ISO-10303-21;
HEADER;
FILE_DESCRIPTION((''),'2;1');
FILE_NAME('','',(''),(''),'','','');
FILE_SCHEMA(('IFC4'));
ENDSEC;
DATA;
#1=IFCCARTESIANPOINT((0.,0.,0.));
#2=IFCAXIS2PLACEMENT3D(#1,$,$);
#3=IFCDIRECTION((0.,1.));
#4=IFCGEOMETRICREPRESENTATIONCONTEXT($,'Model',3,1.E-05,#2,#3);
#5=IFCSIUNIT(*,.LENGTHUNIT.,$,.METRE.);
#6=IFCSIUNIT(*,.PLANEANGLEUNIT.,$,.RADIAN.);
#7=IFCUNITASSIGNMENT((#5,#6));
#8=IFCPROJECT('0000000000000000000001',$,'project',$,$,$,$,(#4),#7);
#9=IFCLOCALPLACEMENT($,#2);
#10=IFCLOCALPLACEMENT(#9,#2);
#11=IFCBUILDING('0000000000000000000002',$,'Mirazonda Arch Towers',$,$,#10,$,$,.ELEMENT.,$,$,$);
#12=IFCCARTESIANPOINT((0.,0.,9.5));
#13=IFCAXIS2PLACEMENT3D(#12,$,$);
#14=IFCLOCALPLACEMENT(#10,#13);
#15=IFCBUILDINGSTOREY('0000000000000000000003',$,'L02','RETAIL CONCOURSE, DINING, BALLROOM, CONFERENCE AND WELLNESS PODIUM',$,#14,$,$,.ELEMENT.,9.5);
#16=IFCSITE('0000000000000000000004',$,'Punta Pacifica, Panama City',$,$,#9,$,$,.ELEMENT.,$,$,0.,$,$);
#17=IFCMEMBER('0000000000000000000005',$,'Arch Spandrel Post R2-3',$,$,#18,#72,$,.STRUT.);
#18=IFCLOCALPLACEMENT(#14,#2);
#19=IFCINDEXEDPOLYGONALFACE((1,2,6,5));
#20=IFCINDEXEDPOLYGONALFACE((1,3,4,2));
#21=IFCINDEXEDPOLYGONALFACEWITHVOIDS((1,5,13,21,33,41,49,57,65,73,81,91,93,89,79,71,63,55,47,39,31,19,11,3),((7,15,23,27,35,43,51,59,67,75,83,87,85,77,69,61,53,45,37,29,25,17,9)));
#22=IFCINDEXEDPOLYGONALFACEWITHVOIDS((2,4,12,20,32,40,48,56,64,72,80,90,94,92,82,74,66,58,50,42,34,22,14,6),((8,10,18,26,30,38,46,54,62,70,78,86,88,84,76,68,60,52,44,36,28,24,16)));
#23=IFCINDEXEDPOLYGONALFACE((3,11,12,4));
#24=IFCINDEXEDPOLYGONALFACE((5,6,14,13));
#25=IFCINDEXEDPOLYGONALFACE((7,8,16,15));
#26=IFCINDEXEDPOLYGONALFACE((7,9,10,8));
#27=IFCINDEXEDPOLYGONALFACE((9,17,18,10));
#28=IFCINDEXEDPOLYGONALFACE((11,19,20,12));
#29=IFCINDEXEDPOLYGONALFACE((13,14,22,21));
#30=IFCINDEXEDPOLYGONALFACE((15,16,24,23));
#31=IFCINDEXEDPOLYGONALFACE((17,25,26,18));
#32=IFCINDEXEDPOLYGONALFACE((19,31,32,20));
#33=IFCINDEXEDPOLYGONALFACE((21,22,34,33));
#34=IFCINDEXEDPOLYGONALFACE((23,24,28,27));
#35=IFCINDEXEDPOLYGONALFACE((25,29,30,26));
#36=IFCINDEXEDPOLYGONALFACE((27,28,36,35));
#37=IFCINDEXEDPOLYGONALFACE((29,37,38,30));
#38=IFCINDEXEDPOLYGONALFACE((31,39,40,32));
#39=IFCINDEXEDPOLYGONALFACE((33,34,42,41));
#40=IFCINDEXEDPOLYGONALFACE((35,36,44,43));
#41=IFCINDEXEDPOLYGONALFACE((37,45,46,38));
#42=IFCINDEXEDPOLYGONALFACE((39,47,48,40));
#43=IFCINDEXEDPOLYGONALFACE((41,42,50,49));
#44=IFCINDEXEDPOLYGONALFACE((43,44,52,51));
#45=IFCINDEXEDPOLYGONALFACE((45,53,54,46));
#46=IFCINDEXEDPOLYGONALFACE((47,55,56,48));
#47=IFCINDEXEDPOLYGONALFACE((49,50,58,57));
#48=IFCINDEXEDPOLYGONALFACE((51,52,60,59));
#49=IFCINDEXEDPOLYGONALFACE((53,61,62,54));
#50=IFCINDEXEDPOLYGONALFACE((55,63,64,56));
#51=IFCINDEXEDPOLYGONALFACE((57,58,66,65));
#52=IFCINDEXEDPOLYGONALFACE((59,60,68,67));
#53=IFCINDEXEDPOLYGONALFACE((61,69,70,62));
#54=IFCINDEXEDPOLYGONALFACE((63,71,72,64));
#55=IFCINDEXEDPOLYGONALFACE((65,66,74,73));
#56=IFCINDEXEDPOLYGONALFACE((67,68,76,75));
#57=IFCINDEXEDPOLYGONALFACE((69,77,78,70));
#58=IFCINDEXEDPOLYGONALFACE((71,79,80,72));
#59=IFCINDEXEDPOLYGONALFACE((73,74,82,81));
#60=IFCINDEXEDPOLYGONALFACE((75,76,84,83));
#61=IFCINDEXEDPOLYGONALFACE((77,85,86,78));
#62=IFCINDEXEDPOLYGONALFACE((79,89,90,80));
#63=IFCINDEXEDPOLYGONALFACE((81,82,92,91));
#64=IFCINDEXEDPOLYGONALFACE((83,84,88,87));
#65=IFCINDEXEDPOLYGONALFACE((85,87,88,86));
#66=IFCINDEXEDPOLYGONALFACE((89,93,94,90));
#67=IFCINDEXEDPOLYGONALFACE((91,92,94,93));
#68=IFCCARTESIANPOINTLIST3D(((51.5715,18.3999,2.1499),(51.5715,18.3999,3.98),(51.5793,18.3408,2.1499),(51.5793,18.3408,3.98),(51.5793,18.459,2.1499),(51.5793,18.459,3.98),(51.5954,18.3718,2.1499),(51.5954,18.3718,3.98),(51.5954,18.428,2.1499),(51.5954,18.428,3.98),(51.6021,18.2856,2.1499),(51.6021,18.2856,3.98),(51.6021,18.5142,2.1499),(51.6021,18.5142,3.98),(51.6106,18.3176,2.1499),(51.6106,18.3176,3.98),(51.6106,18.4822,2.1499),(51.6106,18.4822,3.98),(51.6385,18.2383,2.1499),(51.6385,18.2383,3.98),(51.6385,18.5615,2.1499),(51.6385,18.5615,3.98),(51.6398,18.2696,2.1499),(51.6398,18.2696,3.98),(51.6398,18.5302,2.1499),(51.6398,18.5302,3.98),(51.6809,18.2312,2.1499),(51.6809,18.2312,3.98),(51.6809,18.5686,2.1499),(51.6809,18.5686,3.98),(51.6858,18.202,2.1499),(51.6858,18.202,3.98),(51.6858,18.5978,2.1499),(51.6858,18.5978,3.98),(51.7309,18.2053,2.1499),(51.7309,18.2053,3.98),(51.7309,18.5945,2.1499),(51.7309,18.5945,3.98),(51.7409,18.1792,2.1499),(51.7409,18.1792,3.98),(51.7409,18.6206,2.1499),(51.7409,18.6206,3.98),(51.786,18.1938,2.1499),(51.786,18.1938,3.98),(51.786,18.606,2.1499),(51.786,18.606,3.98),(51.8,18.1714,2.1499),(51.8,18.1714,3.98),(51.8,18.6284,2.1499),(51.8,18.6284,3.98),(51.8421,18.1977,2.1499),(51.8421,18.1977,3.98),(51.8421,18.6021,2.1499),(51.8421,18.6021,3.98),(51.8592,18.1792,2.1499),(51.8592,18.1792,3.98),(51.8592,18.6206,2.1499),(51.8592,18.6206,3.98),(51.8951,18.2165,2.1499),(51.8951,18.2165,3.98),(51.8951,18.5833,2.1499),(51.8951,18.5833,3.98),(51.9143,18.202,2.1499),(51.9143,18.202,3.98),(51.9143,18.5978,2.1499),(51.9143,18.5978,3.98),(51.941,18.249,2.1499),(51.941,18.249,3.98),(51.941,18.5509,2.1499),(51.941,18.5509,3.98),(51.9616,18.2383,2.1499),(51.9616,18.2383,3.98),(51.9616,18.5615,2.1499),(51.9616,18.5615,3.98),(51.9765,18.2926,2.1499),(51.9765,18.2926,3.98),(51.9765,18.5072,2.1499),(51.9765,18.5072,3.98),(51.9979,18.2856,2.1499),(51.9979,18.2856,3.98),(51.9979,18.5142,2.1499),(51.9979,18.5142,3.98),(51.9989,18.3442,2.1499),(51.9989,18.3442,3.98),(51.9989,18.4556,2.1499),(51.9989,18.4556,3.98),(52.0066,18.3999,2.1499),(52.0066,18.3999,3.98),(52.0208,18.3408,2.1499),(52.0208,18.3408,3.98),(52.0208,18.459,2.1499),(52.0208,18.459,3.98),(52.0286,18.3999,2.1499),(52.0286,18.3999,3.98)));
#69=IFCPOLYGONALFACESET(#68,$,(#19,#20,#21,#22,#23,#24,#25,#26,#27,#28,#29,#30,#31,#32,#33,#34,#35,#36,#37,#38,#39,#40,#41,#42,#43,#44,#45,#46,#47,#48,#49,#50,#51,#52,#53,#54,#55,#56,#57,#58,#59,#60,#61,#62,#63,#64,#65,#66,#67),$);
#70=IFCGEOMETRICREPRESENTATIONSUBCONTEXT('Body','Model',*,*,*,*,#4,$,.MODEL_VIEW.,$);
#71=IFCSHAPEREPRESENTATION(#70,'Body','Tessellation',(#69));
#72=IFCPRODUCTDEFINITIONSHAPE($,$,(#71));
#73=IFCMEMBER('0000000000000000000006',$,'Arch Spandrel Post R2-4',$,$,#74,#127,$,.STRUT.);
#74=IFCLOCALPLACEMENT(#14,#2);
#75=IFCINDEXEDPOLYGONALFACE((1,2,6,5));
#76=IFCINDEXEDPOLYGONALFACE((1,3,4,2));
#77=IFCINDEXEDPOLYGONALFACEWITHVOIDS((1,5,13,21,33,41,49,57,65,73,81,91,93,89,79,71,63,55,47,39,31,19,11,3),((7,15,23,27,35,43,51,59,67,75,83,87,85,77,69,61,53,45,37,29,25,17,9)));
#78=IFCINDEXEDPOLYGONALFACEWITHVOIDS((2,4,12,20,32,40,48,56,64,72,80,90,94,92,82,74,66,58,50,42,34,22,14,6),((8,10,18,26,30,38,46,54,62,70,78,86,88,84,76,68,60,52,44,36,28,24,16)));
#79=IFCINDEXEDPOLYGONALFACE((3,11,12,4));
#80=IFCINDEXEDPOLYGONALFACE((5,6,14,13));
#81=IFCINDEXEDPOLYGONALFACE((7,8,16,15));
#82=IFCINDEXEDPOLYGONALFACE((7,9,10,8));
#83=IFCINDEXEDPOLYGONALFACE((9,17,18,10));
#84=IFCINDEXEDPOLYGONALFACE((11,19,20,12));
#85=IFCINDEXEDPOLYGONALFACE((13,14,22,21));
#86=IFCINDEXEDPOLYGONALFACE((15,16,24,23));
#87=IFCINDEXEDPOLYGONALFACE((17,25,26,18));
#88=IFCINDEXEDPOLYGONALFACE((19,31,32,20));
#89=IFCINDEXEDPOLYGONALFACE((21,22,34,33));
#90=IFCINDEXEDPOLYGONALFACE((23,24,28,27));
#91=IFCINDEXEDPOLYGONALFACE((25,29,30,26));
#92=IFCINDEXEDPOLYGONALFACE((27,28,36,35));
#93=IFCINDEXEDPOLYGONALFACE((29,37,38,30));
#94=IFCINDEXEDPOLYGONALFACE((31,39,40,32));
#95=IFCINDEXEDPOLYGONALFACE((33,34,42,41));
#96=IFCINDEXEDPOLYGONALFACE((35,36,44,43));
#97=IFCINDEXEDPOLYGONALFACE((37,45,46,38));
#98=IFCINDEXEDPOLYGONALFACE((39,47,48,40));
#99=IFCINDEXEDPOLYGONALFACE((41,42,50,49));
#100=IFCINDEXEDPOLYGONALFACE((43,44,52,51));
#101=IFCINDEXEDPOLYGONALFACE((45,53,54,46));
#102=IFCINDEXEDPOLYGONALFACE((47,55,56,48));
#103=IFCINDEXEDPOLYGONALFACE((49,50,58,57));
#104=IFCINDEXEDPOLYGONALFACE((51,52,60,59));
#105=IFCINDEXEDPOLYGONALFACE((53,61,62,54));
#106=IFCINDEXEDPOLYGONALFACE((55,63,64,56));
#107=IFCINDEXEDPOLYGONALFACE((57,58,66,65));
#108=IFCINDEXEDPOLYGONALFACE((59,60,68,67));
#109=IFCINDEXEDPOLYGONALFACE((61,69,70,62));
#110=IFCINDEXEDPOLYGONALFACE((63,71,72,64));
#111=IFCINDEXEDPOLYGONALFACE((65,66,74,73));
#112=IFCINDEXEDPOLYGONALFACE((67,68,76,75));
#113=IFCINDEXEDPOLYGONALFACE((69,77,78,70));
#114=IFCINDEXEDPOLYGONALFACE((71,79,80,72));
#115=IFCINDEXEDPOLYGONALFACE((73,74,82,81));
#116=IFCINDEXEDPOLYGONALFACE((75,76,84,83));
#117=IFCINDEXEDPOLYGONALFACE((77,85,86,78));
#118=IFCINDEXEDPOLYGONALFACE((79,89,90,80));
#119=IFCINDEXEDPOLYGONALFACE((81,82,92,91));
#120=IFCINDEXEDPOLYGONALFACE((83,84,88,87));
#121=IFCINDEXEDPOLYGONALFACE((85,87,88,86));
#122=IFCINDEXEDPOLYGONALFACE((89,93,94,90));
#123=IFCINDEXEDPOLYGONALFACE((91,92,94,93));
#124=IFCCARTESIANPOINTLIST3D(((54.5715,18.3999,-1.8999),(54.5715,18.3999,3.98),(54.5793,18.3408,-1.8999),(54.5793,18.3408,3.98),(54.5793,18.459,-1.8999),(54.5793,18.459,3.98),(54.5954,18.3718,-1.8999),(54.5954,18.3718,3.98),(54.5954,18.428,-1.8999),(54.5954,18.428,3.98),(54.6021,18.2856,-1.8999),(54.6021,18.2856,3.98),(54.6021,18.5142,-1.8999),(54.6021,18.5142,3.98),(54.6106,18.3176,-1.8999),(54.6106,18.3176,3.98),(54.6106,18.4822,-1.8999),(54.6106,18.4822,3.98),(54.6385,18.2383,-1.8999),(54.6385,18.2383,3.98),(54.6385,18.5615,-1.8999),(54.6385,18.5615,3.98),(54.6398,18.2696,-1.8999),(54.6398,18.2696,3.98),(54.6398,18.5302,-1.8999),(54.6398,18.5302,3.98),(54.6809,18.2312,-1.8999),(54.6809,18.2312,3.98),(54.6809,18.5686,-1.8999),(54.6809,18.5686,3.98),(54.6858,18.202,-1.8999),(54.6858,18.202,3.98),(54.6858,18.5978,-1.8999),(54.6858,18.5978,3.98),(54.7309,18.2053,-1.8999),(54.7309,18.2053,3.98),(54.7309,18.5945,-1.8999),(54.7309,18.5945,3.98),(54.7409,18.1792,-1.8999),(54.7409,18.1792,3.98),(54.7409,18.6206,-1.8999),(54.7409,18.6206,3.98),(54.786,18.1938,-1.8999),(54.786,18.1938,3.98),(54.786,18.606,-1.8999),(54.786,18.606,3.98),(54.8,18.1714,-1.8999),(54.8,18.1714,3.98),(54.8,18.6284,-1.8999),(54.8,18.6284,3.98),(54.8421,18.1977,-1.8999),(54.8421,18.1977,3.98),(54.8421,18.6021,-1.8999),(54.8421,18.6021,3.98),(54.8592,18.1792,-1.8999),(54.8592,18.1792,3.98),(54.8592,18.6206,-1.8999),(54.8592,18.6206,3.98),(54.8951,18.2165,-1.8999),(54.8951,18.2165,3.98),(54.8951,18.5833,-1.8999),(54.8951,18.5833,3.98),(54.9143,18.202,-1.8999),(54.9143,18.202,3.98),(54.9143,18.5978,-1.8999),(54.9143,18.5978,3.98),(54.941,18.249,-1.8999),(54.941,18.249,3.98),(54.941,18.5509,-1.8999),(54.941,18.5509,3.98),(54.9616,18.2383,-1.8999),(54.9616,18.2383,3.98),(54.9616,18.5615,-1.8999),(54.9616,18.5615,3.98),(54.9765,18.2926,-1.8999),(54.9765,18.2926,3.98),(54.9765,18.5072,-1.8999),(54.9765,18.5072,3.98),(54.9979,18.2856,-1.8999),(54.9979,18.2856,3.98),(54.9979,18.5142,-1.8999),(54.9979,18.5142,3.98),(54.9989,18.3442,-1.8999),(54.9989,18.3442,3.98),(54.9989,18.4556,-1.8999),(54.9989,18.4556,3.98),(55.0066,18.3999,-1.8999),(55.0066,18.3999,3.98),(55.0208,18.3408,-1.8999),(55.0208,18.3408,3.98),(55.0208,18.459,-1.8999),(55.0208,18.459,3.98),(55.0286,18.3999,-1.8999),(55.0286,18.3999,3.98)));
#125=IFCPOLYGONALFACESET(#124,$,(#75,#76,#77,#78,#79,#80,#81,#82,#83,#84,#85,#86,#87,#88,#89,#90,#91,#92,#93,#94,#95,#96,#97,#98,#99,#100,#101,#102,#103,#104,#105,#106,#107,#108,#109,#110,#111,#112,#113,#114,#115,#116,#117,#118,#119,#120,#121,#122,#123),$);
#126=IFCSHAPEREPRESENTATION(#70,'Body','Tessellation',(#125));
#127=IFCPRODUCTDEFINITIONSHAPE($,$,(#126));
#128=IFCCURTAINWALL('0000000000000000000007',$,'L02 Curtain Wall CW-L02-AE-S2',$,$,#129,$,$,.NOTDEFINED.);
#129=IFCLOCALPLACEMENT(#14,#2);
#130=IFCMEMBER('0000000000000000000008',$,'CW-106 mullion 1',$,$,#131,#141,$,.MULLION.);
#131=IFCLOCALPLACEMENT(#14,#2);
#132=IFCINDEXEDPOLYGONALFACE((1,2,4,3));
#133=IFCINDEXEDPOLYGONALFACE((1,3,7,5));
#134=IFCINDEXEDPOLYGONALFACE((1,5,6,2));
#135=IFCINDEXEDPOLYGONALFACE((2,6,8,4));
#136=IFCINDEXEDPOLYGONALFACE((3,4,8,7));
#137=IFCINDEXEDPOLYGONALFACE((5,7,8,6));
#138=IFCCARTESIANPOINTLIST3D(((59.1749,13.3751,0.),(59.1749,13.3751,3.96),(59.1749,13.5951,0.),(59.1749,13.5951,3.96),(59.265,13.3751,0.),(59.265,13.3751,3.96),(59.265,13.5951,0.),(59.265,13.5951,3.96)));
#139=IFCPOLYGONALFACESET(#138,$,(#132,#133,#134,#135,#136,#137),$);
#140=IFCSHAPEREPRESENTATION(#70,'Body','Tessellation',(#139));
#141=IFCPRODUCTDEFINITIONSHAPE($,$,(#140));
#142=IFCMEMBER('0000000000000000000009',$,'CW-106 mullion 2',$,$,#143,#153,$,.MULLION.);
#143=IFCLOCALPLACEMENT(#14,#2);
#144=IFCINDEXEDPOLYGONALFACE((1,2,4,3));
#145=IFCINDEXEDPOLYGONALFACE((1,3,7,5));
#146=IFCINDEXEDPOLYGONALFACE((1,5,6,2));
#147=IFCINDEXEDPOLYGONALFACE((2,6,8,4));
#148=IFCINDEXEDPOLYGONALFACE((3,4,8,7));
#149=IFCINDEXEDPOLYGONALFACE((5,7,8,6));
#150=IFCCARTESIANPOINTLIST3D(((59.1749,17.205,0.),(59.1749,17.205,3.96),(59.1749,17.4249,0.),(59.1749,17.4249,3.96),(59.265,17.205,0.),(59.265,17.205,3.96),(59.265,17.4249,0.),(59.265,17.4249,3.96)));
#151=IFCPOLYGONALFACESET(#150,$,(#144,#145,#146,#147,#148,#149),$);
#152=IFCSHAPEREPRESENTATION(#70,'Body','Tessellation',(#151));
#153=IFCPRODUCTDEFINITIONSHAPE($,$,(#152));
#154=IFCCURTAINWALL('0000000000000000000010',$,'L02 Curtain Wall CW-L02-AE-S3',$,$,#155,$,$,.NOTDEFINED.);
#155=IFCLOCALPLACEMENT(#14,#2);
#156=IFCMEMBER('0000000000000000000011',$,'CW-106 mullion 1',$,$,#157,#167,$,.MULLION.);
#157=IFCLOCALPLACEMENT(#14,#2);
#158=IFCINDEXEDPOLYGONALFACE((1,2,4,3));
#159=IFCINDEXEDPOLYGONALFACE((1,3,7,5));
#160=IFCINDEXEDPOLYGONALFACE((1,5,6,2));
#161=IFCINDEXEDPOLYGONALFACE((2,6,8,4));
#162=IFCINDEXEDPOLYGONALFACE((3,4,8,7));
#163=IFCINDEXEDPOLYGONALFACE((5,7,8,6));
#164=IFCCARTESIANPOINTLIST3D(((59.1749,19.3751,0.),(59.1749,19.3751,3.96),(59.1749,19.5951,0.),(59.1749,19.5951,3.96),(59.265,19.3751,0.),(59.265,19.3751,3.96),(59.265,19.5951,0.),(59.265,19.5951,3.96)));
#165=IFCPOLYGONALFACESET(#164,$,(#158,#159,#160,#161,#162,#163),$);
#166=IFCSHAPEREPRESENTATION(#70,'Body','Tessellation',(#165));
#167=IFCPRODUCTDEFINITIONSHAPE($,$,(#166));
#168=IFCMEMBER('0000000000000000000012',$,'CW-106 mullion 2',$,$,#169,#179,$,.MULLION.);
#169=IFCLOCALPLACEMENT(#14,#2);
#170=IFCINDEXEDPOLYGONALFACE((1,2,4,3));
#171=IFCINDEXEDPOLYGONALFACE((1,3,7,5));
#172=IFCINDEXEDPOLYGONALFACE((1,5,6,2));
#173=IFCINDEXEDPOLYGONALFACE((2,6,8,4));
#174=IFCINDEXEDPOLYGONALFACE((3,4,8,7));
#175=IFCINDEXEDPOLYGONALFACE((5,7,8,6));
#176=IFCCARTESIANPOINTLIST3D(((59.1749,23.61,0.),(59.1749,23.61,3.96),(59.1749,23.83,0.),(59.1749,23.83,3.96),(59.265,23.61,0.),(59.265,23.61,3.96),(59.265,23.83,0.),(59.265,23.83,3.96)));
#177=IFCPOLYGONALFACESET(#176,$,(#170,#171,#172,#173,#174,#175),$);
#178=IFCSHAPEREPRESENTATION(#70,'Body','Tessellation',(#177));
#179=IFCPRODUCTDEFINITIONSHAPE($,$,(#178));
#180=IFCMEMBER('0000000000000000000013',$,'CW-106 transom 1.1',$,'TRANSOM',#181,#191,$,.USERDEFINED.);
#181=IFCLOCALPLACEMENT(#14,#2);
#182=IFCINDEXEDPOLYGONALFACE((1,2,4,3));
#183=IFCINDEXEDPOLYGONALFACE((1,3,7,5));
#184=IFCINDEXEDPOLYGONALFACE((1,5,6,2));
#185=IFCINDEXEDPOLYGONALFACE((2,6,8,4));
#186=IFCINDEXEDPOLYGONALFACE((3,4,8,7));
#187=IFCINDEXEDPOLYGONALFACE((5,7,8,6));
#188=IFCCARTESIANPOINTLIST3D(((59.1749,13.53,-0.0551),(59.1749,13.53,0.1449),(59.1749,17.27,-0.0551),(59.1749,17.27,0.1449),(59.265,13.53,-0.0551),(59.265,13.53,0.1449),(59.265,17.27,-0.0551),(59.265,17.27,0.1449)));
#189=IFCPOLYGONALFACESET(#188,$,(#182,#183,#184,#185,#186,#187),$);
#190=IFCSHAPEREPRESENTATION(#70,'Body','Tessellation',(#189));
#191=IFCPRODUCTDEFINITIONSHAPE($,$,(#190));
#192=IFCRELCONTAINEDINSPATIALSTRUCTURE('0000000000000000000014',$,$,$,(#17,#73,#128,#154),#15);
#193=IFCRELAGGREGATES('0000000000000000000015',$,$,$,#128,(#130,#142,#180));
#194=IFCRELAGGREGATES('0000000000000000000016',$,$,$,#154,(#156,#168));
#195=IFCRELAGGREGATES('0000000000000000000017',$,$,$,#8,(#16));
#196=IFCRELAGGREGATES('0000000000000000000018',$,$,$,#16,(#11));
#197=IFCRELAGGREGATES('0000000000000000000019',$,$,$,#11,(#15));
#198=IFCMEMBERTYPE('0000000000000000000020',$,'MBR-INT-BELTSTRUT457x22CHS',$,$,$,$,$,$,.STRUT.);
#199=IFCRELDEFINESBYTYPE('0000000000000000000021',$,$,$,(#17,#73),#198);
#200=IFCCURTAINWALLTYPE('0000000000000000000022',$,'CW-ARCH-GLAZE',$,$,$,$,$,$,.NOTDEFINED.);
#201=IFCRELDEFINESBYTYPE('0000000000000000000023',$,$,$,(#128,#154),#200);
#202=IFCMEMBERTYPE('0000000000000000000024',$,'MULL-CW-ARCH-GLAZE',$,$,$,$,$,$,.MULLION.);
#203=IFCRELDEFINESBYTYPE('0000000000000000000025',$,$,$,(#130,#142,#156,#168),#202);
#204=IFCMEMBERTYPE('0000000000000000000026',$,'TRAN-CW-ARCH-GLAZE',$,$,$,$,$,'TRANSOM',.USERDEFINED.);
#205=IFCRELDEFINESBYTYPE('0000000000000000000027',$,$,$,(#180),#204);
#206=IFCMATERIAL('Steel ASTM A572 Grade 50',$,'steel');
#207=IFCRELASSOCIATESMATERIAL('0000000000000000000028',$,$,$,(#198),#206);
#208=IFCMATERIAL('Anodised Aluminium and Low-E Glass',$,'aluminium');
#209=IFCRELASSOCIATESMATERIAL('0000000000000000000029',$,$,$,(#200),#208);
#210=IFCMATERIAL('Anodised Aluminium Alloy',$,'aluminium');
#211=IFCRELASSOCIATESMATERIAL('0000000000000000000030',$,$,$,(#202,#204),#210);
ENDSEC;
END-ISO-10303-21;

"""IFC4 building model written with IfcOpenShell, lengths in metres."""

from ifc_helpers import new_model, si_unit, direction, frame, origin, origin_2d, place, context, subcontext, project, spatial, rectangle, hollow_circle, extrude, material, material_profile, profile_set, type_object, element, aggregate, save


model = new_model("IFC4")

# Units and contexts
model_context = context("Model", 3, precision=1e-05, world=origin(), true_north=direction((0.0, 1.0)))
body_context = subcontext(model_context, "Body", "Model", "MODEL_VIEW")
ifc_project = project(units=[si_unit("LENGTHUNIT", "METRE"), si_unit("PLANEANGLEUNIT", "RADIAN")], contexts=[model_context])

# Site, building, storey
site_placement = place(None, origin())
site = spatial("IfcSite", under=ifc_project, at=site_placement, Name="Punta Pacifica, Panama City", CompositionType="ELEMENT", RefElevation=0.0)
building_placement = place(site_placement, origin())
building = spatial("IfcBuilding", under=site, at=building_placement, Name="Mirazonda Arch Towers", CompositionType="ELEMENT")
storey_placement = place(building_placement, frame((0.0, 0.0, 9.5)))
storey = spatial("IfcBuildingStorey", under=building, at=storey_placement, Name="L02", Description="RETAIL CONCOURSE, DINING, BALLROOM, CONFERENCE AND WELLNESS PODIUM", CompositionType="ELEMENT", Elevation=9.5)

# Members
ifc_material_1 = material(Name="Steel ASTM A572 Grade 50", Category="steel")
ifc_material_profile_1 = material_profile(ifc_material_1, hollow_circle(Radius=0.2285, WallThickness=0.022, at=origin_2d()), Name="BELTSTRUT457x22CHS")
ifc_profile_set_1 = profile_set([ifc_material_profile_1], Name="Steel ASTM A572 Grade 50")
member_type_1 = type_object("IfcMemberType", Name="MBR-INT-BELTSTRUT457x22CHS", PredefinedType="STRUT", material=ifc_profile_set_1)
for number, where, z_axis, x_axis, name in (
    (1, (51.8, 18.3999, 2.1499), (0.0, 0.0, 1.0), (1.0, 0.0, 0.0), "Arch Spandrel Post R2-3"),
):
    element("IfcMember", number, at=place(storey_placement, frame(where, z_axis=z_axis, x_axis=x_axis)), inside=storey, type_object=member_type_1, Name=name, PredefinedType="STRUT", context=body_context, shape_type="SweptSolid", body=[
        extrude(hollow_circle(Radius=0.2285, WallThickness=0.022, at=origin_2d()), origin(), (0.0, 0.0, 1.0), 1.8301),
    ])
member_1_placement = place(storey_placement, frame((54.8, 18.3999, -1.8999), z_axis=(0.0, 0.0, 1.0), x_axis=(1.0, 0.0, 0.0)))
element("IfcMember", 2, at=member_1_placement, inside=storey, type_object=member_type_1, Name="Arch Spandrel Post R2-4", PredefinedType="STRUT", context=body_context, shape_type="SweptSolid", body=[
    extrude(hollow_circle(Radius=0.2285, WallThickness=0.022, at=origin_2d()), origin(), (0.0, 0.0, 1.0), 5.8799),
])

# Curtain walls, members
ifc_material_2 = material(Name="Anodised Aluminium and Low-E Glass", Category="aluminium")
curtain_wall_type = type_object("IfcCurtainWallType", Name="CW-ARCH-GLAZE", PredefinedType="NOTDEFINED", material=ifc_material_2)
curtain_wall_1_placement = place(storey_placement, origin())
curtain_wall_1 = element("IfcCurtainWall", 3, at=curtain_wall_1_placement, inside=storey, type_object=curtain_wall_type, Name="L02 Curtain Wall CW-L02-AE-S2", PredefinedType="NOTDEFINED")
ifc_material_3 = material(Name="Anodised Aluminium Alloy", Category="aluminium")
ifc_material_profile_2 = material_profile(ifc_material_3, rectangle(XDim=0.0901, YDim=0.22, at=origin_2d()), Name="ALU-MULL-90x220")
ifc_profile_set_2 = profile_set([ifc_material_profile_2], Name="Anodised Aluminium Alloy")
member_type_2 = type_object("IfcMemberType", Name="MULL-CW-ARCH-GLAZE", PredefinedType="MULLION", material=ifc_profile_set_2)
member_2_placement = place(storey_placement, frame((59.22, 13.4851, 0.0), z_axis=(0.0, 0.0, 1.0), x_axis=(-1.0, 0.0, 0.0)))
member_2 = element("IfcMember", 4, at=member_2_placement, type_object=member_type_2, Name="CW-106 mullion 1", PredefinedType="MULLION", context=body_context, shape_type="SweptSolid", body=[
    extrude(rectangle(XDim=0.0901, YDim=0.22, at=origin_2d()), origin(), (0.0, 0.0, 1.0), 3.96),
])
member_3_placement = place(storey_placement, frame((59.22, 17.3149, 0.0), z_axis=(0.0, 0.0, 1.0), x_axis=(-1.0, 0.0, 0.0)))
member_3 = element("IfcMember", 5, at=member_3_placement, type_object=member_type_2, Name="CW-106 mullion 2", PredefinedType="MULLION", context=body_context, shape_type="SweptSolid", body=[
    extrude(rectangle(XDim=0.0901, YDim=0.22, at=origin_2d()), origin(), (0.0, 0.0, 1.0), 3.96),
])
curtain_wall_2_placement = place(storey_placement, origin())
curtain_wall_2 = element("IfcCurtainWall", 6, at=curtain_wall_2_placement, inside=storey, type_object=curtain_wall_type, Name="L02 Curtain Wall CW-L02-AE-S3", PredefinedType="NOTDEFINED")
member_4_placement = place(storey_placement, frame((59.22, 19.4851, 0.0), z_axis=(0.0, 0.0, 1.0), x_axis=(-1.0, 0.0, 0.0)))
member_4 = element("IfcMember", 7, at=member_4_placement, type_object=member_type_2, Name="CW-106 mullion 1", PredefinedType="MULLION", context=body_context, shape_type="SweptSolid", body=[
    extrude(rectangle(XDim=0.0901, YDim=0.22, at=origin_2d()), origin(), (0.0, 0.0, 1.0), 3.96),
])
member_5_placement = place(storey_placement, frame((59.22, 23.72, 0.0), z_axis=(0.0, 0.0, 1.0), x_axis=(-1.0, 0.0, 0.0)))
member_5 = element("IfcMember", 8, at=member_5_placement, type_object=member_type_2, Name="CW-106 mullion 2", PredefinedType="MULLION", context=body_context, shape_type="SweptSolid", body=[
    extrude(rectangle(XDim=0.0901, YDim=0.22, at=origin_2d()), origin(), (0.0, 0.0, 1.0), 3.96),
])

# Member
ifc_material_profile_3 = material_profile(ifc_material_3, rectangle(XDim=0.0901, YDim=0.2, at=origin_2d()), Name="ALU-TRAN-90x200")
ifc_profile_set_3 = profile_set([ifc_material_profile_3], Name="Anodised Aluminium Alloy")
member_type_3 = type_object("IfcMemberType", Name="TRAN-CW-ARCH-GLAZE", ElementType="TRANSOM", PredefinedType="USERDEFINED", material=ifc_profile_set_3)
member_6_placement = place(storey_placement, frame((59.22, 13.53, 0.0449), z_axis=(0.0, 1.0, 0.0), x_axis=(-1.0, 0.0, 0.0)))
member_6 = element("IfcMember", 9, at=member_6_placement, type_object=member_type_3, Name="CW-106 transom 1.1", ObjectType="TRANSOM", PredefinedType="USERDEFINED", context=body_context, shape_type="SweptSolid", body=[
    extrude(rectangle(XDim=0.0901, YDim=0.2, at=origin_2d()), origin(), (0.0, 0.0, 1.0), 3.74),
])

aggregate(curtain_wall_1, [member_2, member_3, member_6])
aggregate(curtain_wall_2, [member_4, member_5])

save(model, "model.ifc")
